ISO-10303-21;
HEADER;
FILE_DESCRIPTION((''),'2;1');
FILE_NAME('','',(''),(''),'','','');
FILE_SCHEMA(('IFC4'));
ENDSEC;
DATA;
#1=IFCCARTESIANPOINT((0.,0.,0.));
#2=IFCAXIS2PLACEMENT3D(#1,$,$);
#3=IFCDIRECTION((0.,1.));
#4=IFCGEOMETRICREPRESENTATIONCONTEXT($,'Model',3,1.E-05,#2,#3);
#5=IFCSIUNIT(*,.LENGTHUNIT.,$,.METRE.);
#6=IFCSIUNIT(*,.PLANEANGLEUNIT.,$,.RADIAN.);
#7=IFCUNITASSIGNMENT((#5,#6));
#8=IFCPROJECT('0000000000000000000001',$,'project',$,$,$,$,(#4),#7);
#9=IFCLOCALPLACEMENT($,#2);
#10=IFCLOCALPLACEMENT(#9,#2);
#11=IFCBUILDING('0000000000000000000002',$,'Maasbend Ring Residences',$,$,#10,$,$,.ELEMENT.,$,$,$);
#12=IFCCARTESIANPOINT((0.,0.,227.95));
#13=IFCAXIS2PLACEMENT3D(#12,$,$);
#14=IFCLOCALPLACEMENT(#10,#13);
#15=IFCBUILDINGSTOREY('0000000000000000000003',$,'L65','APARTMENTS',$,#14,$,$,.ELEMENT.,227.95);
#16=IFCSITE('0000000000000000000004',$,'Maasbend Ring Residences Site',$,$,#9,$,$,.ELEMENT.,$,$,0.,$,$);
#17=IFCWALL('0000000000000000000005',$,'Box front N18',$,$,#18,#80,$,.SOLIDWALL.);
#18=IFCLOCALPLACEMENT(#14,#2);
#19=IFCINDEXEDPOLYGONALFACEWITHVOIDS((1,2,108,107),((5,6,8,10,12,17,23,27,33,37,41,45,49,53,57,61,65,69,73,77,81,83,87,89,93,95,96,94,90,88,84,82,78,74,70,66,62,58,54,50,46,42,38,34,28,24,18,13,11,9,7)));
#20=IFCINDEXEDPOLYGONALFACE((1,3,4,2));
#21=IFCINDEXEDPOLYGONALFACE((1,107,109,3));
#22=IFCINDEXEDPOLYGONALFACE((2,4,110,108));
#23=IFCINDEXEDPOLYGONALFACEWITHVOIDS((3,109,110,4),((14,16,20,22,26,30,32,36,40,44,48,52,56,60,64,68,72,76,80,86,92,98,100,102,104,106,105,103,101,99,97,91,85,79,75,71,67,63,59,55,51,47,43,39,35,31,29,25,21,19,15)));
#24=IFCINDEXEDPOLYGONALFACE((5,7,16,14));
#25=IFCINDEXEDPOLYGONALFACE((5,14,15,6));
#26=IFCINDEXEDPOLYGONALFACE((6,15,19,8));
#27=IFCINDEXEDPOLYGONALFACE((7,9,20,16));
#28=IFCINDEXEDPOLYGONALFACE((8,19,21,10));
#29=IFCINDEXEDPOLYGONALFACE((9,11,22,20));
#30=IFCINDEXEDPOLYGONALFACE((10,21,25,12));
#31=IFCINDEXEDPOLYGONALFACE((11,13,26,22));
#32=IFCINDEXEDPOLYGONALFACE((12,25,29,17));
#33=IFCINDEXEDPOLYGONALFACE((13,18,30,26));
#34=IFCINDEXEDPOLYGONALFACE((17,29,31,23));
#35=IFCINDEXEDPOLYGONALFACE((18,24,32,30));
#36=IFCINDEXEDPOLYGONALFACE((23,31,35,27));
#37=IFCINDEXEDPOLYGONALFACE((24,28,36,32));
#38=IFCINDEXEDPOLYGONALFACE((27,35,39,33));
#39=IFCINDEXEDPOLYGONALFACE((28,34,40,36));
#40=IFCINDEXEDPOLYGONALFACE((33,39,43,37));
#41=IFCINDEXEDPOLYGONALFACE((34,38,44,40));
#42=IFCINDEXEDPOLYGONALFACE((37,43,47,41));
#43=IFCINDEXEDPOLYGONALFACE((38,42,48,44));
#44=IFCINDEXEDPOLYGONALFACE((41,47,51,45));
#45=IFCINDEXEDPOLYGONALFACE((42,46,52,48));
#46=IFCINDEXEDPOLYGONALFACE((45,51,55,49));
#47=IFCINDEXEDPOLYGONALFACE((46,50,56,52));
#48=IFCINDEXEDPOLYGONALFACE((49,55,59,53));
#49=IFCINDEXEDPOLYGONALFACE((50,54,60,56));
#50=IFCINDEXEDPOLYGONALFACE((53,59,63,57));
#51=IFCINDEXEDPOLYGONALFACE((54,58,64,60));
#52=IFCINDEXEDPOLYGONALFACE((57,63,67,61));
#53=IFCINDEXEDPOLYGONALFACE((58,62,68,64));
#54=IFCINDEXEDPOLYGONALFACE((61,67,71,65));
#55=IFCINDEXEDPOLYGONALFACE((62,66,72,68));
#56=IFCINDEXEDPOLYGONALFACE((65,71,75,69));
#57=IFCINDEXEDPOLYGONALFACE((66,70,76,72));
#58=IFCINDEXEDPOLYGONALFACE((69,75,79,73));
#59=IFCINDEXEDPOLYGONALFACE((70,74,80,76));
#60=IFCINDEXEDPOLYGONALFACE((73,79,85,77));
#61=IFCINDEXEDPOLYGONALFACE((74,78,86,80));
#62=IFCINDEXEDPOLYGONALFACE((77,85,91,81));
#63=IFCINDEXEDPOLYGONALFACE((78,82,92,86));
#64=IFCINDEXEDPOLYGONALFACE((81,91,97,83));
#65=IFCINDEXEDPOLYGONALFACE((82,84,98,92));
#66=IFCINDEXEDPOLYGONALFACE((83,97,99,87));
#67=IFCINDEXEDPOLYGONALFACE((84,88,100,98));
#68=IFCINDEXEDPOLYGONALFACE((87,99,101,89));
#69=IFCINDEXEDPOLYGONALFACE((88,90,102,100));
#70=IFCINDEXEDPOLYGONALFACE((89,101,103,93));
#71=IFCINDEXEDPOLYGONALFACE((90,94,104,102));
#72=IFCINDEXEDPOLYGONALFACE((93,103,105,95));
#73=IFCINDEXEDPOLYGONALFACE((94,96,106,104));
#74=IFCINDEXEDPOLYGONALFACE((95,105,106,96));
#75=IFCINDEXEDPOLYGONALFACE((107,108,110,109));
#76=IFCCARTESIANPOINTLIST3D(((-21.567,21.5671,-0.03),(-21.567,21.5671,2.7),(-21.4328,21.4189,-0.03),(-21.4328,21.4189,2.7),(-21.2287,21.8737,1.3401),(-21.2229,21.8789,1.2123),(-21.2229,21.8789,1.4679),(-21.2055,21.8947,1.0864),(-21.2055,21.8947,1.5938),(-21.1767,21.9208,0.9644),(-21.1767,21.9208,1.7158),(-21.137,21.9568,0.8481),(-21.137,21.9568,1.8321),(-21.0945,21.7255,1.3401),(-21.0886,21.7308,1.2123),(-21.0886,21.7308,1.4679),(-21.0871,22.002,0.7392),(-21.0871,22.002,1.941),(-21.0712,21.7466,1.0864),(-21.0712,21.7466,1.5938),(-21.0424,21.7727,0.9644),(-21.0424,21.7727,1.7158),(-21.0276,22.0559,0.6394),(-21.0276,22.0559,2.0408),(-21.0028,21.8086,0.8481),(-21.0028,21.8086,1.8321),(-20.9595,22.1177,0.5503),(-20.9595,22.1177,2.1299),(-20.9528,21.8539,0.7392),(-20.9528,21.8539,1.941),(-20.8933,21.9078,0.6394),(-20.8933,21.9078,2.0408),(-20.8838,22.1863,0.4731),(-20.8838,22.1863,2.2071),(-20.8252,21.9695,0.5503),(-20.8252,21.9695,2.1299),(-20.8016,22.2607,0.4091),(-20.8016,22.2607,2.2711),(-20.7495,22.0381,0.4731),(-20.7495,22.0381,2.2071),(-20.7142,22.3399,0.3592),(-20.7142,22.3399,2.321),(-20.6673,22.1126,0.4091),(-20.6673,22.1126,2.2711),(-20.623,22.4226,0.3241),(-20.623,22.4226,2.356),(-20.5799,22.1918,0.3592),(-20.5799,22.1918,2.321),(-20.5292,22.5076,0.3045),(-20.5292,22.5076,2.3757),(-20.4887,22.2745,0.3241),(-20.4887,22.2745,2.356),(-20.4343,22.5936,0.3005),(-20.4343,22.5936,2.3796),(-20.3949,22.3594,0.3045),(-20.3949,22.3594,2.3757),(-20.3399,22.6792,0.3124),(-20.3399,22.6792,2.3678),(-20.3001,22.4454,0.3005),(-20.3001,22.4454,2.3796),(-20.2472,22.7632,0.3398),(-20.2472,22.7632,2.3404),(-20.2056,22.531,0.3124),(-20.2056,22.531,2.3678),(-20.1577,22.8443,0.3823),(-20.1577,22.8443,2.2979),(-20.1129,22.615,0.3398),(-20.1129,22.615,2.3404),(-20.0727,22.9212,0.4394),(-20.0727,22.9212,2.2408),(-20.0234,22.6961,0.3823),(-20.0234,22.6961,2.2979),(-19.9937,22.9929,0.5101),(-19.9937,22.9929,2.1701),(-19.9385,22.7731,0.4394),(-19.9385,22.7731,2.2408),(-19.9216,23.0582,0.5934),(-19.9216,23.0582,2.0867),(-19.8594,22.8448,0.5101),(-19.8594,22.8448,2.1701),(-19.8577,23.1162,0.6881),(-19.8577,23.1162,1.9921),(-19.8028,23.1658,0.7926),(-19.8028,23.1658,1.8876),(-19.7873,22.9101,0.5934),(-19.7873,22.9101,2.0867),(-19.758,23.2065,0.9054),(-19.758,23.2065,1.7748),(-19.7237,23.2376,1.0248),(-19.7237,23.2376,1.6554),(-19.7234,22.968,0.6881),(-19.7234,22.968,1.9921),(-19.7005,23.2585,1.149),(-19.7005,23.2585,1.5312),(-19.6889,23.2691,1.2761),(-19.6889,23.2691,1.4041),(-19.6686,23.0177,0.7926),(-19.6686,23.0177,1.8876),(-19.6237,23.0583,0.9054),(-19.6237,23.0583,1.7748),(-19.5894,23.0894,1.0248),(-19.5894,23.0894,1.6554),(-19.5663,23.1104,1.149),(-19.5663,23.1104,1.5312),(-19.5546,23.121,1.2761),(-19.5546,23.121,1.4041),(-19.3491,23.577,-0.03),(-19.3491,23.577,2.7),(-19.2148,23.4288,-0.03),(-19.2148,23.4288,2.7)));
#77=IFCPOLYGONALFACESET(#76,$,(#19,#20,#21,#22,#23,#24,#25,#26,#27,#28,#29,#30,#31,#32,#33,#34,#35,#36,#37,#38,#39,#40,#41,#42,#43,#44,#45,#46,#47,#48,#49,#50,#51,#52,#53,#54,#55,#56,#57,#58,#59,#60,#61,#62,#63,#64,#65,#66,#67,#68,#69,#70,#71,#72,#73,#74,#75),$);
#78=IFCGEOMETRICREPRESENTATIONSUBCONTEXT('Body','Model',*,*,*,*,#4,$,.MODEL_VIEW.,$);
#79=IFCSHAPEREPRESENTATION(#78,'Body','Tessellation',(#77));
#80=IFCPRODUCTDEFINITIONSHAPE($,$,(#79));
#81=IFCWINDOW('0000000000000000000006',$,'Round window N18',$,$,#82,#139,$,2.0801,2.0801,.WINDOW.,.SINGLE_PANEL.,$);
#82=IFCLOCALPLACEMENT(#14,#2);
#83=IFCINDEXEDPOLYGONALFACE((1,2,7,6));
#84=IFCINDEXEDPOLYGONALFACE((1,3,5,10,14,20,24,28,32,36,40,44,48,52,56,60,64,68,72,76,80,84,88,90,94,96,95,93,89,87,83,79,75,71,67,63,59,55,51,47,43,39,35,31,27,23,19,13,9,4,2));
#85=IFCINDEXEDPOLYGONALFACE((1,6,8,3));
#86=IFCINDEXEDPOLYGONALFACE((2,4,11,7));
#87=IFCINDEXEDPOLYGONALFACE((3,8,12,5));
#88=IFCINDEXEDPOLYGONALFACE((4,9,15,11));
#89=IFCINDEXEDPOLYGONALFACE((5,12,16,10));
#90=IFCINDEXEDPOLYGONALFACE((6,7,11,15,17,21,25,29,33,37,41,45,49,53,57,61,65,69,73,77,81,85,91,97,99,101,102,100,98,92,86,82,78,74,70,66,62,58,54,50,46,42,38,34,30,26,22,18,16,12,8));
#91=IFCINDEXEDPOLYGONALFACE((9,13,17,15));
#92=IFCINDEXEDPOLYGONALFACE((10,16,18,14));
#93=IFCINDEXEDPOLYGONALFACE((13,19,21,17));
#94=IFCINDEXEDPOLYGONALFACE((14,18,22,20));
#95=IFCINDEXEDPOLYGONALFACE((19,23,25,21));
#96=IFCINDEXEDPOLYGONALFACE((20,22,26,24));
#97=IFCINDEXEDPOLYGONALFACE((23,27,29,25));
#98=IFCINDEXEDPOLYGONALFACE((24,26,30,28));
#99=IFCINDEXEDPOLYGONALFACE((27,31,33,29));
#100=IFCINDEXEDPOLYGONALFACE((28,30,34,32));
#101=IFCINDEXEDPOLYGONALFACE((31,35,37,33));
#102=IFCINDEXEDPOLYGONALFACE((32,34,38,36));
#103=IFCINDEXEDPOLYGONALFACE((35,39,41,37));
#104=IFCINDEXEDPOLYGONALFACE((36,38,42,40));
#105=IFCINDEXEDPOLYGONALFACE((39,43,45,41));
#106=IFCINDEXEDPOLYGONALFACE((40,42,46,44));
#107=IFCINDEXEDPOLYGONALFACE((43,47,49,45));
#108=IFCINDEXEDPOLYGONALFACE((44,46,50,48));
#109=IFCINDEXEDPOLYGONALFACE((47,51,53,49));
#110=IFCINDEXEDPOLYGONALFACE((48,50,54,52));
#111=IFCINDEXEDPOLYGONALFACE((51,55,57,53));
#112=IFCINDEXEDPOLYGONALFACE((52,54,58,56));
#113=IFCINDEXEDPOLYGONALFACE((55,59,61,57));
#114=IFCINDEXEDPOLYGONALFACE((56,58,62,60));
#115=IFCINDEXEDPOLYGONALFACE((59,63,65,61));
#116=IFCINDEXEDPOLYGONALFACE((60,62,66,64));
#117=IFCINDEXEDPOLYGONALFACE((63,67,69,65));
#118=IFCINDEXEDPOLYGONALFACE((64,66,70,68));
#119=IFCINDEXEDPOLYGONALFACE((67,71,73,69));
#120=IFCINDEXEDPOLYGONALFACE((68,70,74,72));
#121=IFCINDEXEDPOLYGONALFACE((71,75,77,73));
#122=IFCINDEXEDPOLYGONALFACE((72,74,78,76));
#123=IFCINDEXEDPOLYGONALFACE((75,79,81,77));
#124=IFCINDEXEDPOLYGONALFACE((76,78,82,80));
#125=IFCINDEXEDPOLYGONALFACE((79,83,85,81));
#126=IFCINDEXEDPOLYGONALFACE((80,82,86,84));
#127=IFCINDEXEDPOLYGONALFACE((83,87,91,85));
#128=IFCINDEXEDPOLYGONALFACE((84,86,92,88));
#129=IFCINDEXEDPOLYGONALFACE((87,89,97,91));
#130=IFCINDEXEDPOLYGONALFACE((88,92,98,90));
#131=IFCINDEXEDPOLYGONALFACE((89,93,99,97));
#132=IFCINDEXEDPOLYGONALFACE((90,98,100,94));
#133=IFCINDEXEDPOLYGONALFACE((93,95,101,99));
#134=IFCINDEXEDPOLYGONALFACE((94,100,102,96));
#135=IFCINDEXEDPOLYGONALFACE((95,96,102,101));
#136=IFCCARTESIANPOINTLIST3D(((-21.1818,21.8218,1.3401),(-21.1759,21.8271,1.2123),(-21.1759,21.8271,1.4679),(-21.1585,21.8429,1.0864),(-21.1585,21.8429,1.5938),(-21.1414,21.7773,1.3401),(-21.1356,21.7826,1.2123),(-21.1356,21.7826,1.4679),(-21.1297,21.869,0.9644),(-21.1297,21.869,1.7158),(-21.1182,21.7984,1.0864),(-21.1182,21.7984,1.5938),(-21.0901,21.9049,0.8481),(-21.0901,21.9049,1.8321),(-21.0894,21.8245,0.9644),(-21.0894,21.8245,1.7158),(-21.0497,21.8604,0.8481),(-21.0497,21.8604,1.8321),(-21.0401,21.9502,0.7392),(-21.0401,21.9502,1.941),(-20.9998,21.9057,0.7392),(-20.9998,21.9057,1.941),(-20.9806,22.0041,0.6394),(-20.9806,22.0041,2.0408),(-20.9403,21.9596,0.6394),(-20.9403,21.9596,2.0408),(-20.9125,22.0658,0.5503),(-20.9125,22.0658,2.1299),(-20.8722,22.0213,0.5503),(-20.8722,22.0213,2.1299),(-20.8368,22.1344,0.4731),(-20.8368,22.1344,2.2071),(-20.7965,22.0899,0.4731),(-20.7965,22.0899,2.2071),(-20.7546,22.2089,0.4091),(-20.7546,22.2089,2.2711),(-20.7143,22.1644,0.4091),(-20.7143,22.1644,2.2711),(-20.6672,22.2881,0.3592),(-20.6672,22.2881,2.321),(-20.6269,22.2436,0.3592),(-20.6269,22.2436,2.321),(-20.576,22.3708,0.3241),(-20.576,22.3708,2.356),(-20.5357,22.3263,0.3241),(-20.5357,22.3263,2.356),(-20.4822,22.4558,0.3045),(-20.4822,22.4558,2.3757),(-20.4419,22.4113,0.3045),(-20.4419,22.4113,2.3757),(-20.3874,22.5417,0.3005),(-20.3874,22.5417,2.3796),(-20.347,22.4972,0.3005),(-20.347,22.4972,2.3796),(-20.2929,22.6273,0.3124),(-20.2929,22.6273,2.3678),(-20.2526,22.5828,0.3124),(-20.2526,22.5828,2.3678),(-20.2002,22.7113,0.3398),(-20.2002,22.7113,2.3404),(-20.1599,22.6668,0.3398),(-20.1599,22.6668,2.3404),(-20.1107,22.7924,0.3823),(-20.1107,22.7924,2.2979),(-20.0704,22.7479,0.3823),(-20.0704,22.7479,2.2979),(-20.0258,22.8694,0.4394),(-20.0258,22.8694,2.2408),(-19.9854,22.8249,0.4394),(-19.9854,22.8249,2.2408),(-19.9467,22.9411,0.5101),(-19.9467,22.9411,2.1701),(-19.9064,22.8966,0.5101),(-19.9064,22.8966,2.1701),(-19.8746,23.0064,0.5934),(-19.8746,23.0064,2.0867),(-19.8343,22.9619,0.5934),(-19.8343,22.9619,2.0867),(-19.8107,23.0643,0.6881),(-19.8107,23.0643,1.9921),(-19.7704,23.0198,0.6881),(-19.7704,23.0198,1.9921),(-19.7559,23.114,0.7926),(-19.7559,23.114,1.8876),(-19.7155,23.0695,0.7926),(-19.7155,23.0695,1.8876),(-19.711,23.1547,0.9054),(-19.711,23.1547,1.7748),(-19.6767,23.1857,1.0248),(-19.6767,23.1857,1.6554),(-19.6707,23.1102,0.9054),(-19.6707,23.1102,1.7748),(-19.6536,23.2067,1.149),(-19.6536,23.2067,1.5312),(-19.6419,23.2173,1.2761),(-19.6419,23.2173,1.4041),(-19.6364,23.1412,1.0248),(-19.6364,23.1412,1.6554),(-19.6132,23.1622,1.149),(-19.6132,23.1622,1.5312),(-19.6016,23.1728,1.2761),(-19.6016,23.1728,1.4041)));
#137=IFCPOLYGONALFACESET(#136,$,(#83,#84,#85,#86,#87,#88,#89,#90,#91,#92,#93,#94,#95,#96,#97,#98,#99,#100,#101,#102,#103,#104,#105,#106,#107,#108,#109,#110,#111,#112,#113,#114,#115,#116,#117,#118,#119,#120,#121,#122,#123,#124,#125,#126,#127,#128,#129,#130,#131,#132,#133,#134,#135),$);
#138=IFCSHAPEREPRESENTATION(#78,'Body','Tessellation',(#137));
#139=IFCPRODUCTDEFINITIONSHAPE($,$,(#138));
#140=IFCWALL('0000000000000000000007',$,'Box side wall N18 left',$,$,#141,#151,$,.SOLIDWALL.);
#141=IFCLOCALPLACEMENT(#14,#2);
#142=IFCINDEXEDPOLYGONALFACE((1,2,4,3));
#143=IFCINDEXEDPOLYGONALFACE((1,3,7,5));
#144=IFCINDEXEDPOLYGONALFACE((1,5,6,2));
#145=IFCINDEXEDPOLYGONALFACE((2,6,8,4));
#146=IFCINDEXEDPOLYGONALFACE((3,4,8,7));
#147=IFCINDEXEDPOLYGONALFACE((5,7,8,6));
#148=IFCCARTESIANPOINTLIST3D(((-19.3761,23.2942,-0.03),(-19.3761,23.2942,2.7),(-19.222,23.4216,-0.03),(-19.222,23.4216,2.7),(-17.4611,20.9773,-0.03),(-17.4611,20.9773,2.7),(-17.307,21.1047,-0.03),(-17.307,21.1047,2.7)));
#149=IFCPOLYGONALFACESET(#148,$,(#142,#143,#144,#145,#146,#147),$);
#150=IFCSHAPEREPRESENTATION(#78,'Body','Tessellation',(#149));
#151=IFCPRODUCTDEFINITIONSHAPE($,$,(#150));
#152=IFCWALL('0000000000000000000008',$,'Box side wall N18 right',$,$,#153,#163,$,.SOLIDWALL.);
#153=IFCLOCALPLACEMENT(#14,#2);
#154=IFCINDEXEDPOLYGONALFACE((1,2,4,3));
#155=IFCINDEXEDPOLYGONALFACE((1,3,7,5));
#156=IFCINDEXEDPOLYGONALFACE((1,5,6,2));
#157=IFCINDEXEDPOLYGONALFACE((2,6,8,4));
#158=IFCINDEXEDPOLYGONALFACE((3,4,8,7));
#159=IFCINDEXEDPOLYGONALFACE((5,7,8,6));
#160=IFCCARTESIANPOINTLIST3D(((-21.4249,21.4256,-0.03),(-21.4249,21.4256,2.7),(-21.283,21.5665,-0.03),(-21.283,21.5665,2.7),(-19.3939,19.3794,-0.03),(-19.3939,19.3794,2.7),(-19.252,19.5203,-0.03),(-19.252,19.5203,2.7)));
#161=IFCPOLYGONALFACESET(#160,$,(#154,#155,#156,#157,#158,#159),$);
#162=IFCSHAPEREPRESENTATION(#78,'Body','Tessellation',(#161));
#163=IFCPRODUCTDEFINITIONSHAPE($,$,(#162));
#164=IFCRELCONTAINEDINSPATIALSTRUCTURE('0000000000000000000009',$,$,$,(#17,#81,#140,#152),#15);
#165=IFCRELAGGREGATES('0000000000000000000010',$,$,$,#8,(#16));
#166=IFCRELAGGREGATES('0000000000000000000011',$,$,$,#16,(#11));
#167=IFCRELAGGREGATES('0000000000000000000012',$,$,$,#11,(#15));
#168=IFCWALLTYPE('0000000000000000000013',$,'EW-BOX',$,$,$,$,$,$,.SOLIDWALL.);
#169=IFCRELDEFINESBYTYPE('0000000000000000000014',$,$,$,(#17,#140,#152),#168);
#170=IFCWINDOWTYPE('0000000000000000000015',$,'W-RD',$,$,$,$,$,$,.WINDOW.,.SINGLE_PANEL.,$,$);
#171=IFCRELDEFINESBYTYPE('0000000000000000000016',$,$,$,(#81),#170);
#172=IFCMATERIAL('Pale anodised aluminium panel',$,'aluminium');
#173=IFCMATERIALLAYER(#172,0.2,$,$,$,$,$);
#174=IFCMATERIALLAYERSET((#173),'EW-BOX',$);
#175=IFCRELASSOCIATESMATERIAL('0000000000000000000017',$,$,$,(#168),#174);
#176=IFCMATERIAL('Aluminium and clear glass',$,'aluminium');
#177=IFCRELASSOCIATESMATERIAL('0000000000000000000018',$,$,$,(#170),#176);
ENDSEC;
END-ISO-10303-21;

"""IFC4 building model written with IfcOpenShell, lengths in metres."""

from ifc_helpers import new_model, si_unit, direction, frame, frame_2d, origin, place, context, subcontext, project, spatial, rectangle, circle, extrude, material, layer, layer_set, type_object, element, fill, save


model = new_model("IFC4")

# Units and contexts
model_context = context("Model", 3, precision=1e-05, world=origin(), true_north=direction((0.0, 1.0)))
body_context = subcontext(model_context, "Body", "Model", "MODEL_VIEW")
ifc_project = project(units=[si_unit("LENGTHUNIT", "METRE"), si_unit("PLANEANGLEUNIT", "RADIAN")], contexts=[model_context])

# Site, building, storey
site_placement = place(None, origin())
site = spatial("IfcSite", under=ifc_project, at=site_placement, Name="Maasbend Ring Residences Site", CompositionType="ELEMENT", RefElevation=0.0)
building_placement = place(site_placement, origin())
building = spatial("IfcBuilding", under=site, at=building_placement, Name="Maasbend Ring Residences", CompositionType="ELEMENT")
storey_placement = place(building_placement, frame((0.0, 0.0, 227.95)))
storey = spatial("IfcBuildingStorey", under=building, at=storey_placement, Name="L65", Description="APARTMENTS", CompositionType="ELEMENT", Elevation=227.95)

# Shared definitions
ifc_material_1 = material(Name="Pale anodised aluminium panel", Category="aluminium")
ifc_layer_1 = layer(ifc_material_1, 0.2)
ifc_layer_set_1 = layer_set([ifc_layer_1], Name="EW-BOX")
wall_type_1 = type_object("IfcWallType", Name="EW-BOX", PredefinedType="SOLIDWALL", material=ifc_layer_set_1)
ifc_material_2 = material(Name="Aluminium and clear glass", Category="aluminium")
window_type_1 = type_object("IfcWindowType", Name="W-RD", PartitioningType="SINGLE_PANEL", PredefinedType="WINDOW", material=ifc_material_2)

# Wall, opening, window
wall_1_placement = place(storey_placement, frame((-19.282, 23.5029, -0.03), z_axis=(0.0, 0.0, 1.0), x_axis=(-0.740998, -0.671507, 0.0)))
wall_1 = element("IfcWall", 1, at=wall_1_placement, inside=storey, type_object=wall_type_1, Name="Box front N18", PredefinedType="SOLIDWALL", context=body_context, shape_type="SweptSolid", body=[
    extrude(rectangle(XDim=2.9932, YDim=0.2, at=frame_2d((1.4966, 0.0))), origin(), (0.0, 0.0, 1.0), 2.73),
])
opening_1_placement = place(wall_1_placement, frame((0.4565, 0.0, 0.3301)))
opening_1 = element("IfcOpeningElement", 2, at=opening_1_placement, cuts=wall_1, PredefinedType="OPENING", context=body_context, shape_type="SweptSolid", body=[
    extrude(circle(Radius=1.04, at=frame_2d((1.04, 1.04))), frame((0.0, 0.1099, 0.0), z_axis=(0.0, -1.0, 0.0), x_axis=(1.0, 0.0, 0.0)), (0.0, 0.0, 1.0), 0.22),
])
window_1_placement = place(opening_1_placement, origin())
window_1 = element("IfcWindow", 3, at=window_1_placement, inside=storey, type_object=window_type_1, Name="Round window N18", OverallHeight=2.0801, OverallWidth=2.0801, PartitioningType="SINGLE_PANEL", PredefinedType="WINDOW", context=body_context, shape_type="SweptSolid", body=[
    extrude(circle(Radius=1.04, at=frame_2d((1.04, 1.04))), frame((0.0, 0.03, 0.0), z_axis=(0.0, -1.0, 0.0), x_axis=(1.0, 0.0, 0.0)), (0.0, 0.0, 1.0), 0.0601),
])
fill(opening_1, window_1)

# Walls
wall_2_placement = place(storey_placement, frame((-17.384, 21.041, -0.03), z_axis=(0.0, 0.0, 1.0), x_axis=(-0.637096, 0.770785, 0.0)))
element("IfcWall", 4, at=wall_2_placement, inside=storey, type_object=wall_type_1, Name="Box side wall N18 left", PredefinedType="SOLIDWALL", context=body_context, shape_type="SweptSolid", body=[
    extrude(rectangle(XDim=3.0059, YDim=0.2, at=frame_2d((1.5029, 0.0))), origin(), (0.0, 0.0, 1.0), 2.73),
])
wall_3_placement = place(storey_placement, frame((-19.323, 19.45, -0.03), z_axis=(0.0, 0.0, 1.0), x_axis=(-0.704477, 0.709727, 0.0)))
element("IfcWall", 5, at=wall_3_placement, inside=storey, type_object=wall_type_1, Name="Box side wall N18 right", PredefinedType="SOLIDWALL", context=body_context, shape_type="SweptSolid", body=[
    extrude(rectangle(XDim=2.8831, YDim=0.2, at=frame_2d((1.4414, 0.0))), origin(), (0.0, 0.0, 1.0), 2.73),
])

save(model, "model.ifc")
